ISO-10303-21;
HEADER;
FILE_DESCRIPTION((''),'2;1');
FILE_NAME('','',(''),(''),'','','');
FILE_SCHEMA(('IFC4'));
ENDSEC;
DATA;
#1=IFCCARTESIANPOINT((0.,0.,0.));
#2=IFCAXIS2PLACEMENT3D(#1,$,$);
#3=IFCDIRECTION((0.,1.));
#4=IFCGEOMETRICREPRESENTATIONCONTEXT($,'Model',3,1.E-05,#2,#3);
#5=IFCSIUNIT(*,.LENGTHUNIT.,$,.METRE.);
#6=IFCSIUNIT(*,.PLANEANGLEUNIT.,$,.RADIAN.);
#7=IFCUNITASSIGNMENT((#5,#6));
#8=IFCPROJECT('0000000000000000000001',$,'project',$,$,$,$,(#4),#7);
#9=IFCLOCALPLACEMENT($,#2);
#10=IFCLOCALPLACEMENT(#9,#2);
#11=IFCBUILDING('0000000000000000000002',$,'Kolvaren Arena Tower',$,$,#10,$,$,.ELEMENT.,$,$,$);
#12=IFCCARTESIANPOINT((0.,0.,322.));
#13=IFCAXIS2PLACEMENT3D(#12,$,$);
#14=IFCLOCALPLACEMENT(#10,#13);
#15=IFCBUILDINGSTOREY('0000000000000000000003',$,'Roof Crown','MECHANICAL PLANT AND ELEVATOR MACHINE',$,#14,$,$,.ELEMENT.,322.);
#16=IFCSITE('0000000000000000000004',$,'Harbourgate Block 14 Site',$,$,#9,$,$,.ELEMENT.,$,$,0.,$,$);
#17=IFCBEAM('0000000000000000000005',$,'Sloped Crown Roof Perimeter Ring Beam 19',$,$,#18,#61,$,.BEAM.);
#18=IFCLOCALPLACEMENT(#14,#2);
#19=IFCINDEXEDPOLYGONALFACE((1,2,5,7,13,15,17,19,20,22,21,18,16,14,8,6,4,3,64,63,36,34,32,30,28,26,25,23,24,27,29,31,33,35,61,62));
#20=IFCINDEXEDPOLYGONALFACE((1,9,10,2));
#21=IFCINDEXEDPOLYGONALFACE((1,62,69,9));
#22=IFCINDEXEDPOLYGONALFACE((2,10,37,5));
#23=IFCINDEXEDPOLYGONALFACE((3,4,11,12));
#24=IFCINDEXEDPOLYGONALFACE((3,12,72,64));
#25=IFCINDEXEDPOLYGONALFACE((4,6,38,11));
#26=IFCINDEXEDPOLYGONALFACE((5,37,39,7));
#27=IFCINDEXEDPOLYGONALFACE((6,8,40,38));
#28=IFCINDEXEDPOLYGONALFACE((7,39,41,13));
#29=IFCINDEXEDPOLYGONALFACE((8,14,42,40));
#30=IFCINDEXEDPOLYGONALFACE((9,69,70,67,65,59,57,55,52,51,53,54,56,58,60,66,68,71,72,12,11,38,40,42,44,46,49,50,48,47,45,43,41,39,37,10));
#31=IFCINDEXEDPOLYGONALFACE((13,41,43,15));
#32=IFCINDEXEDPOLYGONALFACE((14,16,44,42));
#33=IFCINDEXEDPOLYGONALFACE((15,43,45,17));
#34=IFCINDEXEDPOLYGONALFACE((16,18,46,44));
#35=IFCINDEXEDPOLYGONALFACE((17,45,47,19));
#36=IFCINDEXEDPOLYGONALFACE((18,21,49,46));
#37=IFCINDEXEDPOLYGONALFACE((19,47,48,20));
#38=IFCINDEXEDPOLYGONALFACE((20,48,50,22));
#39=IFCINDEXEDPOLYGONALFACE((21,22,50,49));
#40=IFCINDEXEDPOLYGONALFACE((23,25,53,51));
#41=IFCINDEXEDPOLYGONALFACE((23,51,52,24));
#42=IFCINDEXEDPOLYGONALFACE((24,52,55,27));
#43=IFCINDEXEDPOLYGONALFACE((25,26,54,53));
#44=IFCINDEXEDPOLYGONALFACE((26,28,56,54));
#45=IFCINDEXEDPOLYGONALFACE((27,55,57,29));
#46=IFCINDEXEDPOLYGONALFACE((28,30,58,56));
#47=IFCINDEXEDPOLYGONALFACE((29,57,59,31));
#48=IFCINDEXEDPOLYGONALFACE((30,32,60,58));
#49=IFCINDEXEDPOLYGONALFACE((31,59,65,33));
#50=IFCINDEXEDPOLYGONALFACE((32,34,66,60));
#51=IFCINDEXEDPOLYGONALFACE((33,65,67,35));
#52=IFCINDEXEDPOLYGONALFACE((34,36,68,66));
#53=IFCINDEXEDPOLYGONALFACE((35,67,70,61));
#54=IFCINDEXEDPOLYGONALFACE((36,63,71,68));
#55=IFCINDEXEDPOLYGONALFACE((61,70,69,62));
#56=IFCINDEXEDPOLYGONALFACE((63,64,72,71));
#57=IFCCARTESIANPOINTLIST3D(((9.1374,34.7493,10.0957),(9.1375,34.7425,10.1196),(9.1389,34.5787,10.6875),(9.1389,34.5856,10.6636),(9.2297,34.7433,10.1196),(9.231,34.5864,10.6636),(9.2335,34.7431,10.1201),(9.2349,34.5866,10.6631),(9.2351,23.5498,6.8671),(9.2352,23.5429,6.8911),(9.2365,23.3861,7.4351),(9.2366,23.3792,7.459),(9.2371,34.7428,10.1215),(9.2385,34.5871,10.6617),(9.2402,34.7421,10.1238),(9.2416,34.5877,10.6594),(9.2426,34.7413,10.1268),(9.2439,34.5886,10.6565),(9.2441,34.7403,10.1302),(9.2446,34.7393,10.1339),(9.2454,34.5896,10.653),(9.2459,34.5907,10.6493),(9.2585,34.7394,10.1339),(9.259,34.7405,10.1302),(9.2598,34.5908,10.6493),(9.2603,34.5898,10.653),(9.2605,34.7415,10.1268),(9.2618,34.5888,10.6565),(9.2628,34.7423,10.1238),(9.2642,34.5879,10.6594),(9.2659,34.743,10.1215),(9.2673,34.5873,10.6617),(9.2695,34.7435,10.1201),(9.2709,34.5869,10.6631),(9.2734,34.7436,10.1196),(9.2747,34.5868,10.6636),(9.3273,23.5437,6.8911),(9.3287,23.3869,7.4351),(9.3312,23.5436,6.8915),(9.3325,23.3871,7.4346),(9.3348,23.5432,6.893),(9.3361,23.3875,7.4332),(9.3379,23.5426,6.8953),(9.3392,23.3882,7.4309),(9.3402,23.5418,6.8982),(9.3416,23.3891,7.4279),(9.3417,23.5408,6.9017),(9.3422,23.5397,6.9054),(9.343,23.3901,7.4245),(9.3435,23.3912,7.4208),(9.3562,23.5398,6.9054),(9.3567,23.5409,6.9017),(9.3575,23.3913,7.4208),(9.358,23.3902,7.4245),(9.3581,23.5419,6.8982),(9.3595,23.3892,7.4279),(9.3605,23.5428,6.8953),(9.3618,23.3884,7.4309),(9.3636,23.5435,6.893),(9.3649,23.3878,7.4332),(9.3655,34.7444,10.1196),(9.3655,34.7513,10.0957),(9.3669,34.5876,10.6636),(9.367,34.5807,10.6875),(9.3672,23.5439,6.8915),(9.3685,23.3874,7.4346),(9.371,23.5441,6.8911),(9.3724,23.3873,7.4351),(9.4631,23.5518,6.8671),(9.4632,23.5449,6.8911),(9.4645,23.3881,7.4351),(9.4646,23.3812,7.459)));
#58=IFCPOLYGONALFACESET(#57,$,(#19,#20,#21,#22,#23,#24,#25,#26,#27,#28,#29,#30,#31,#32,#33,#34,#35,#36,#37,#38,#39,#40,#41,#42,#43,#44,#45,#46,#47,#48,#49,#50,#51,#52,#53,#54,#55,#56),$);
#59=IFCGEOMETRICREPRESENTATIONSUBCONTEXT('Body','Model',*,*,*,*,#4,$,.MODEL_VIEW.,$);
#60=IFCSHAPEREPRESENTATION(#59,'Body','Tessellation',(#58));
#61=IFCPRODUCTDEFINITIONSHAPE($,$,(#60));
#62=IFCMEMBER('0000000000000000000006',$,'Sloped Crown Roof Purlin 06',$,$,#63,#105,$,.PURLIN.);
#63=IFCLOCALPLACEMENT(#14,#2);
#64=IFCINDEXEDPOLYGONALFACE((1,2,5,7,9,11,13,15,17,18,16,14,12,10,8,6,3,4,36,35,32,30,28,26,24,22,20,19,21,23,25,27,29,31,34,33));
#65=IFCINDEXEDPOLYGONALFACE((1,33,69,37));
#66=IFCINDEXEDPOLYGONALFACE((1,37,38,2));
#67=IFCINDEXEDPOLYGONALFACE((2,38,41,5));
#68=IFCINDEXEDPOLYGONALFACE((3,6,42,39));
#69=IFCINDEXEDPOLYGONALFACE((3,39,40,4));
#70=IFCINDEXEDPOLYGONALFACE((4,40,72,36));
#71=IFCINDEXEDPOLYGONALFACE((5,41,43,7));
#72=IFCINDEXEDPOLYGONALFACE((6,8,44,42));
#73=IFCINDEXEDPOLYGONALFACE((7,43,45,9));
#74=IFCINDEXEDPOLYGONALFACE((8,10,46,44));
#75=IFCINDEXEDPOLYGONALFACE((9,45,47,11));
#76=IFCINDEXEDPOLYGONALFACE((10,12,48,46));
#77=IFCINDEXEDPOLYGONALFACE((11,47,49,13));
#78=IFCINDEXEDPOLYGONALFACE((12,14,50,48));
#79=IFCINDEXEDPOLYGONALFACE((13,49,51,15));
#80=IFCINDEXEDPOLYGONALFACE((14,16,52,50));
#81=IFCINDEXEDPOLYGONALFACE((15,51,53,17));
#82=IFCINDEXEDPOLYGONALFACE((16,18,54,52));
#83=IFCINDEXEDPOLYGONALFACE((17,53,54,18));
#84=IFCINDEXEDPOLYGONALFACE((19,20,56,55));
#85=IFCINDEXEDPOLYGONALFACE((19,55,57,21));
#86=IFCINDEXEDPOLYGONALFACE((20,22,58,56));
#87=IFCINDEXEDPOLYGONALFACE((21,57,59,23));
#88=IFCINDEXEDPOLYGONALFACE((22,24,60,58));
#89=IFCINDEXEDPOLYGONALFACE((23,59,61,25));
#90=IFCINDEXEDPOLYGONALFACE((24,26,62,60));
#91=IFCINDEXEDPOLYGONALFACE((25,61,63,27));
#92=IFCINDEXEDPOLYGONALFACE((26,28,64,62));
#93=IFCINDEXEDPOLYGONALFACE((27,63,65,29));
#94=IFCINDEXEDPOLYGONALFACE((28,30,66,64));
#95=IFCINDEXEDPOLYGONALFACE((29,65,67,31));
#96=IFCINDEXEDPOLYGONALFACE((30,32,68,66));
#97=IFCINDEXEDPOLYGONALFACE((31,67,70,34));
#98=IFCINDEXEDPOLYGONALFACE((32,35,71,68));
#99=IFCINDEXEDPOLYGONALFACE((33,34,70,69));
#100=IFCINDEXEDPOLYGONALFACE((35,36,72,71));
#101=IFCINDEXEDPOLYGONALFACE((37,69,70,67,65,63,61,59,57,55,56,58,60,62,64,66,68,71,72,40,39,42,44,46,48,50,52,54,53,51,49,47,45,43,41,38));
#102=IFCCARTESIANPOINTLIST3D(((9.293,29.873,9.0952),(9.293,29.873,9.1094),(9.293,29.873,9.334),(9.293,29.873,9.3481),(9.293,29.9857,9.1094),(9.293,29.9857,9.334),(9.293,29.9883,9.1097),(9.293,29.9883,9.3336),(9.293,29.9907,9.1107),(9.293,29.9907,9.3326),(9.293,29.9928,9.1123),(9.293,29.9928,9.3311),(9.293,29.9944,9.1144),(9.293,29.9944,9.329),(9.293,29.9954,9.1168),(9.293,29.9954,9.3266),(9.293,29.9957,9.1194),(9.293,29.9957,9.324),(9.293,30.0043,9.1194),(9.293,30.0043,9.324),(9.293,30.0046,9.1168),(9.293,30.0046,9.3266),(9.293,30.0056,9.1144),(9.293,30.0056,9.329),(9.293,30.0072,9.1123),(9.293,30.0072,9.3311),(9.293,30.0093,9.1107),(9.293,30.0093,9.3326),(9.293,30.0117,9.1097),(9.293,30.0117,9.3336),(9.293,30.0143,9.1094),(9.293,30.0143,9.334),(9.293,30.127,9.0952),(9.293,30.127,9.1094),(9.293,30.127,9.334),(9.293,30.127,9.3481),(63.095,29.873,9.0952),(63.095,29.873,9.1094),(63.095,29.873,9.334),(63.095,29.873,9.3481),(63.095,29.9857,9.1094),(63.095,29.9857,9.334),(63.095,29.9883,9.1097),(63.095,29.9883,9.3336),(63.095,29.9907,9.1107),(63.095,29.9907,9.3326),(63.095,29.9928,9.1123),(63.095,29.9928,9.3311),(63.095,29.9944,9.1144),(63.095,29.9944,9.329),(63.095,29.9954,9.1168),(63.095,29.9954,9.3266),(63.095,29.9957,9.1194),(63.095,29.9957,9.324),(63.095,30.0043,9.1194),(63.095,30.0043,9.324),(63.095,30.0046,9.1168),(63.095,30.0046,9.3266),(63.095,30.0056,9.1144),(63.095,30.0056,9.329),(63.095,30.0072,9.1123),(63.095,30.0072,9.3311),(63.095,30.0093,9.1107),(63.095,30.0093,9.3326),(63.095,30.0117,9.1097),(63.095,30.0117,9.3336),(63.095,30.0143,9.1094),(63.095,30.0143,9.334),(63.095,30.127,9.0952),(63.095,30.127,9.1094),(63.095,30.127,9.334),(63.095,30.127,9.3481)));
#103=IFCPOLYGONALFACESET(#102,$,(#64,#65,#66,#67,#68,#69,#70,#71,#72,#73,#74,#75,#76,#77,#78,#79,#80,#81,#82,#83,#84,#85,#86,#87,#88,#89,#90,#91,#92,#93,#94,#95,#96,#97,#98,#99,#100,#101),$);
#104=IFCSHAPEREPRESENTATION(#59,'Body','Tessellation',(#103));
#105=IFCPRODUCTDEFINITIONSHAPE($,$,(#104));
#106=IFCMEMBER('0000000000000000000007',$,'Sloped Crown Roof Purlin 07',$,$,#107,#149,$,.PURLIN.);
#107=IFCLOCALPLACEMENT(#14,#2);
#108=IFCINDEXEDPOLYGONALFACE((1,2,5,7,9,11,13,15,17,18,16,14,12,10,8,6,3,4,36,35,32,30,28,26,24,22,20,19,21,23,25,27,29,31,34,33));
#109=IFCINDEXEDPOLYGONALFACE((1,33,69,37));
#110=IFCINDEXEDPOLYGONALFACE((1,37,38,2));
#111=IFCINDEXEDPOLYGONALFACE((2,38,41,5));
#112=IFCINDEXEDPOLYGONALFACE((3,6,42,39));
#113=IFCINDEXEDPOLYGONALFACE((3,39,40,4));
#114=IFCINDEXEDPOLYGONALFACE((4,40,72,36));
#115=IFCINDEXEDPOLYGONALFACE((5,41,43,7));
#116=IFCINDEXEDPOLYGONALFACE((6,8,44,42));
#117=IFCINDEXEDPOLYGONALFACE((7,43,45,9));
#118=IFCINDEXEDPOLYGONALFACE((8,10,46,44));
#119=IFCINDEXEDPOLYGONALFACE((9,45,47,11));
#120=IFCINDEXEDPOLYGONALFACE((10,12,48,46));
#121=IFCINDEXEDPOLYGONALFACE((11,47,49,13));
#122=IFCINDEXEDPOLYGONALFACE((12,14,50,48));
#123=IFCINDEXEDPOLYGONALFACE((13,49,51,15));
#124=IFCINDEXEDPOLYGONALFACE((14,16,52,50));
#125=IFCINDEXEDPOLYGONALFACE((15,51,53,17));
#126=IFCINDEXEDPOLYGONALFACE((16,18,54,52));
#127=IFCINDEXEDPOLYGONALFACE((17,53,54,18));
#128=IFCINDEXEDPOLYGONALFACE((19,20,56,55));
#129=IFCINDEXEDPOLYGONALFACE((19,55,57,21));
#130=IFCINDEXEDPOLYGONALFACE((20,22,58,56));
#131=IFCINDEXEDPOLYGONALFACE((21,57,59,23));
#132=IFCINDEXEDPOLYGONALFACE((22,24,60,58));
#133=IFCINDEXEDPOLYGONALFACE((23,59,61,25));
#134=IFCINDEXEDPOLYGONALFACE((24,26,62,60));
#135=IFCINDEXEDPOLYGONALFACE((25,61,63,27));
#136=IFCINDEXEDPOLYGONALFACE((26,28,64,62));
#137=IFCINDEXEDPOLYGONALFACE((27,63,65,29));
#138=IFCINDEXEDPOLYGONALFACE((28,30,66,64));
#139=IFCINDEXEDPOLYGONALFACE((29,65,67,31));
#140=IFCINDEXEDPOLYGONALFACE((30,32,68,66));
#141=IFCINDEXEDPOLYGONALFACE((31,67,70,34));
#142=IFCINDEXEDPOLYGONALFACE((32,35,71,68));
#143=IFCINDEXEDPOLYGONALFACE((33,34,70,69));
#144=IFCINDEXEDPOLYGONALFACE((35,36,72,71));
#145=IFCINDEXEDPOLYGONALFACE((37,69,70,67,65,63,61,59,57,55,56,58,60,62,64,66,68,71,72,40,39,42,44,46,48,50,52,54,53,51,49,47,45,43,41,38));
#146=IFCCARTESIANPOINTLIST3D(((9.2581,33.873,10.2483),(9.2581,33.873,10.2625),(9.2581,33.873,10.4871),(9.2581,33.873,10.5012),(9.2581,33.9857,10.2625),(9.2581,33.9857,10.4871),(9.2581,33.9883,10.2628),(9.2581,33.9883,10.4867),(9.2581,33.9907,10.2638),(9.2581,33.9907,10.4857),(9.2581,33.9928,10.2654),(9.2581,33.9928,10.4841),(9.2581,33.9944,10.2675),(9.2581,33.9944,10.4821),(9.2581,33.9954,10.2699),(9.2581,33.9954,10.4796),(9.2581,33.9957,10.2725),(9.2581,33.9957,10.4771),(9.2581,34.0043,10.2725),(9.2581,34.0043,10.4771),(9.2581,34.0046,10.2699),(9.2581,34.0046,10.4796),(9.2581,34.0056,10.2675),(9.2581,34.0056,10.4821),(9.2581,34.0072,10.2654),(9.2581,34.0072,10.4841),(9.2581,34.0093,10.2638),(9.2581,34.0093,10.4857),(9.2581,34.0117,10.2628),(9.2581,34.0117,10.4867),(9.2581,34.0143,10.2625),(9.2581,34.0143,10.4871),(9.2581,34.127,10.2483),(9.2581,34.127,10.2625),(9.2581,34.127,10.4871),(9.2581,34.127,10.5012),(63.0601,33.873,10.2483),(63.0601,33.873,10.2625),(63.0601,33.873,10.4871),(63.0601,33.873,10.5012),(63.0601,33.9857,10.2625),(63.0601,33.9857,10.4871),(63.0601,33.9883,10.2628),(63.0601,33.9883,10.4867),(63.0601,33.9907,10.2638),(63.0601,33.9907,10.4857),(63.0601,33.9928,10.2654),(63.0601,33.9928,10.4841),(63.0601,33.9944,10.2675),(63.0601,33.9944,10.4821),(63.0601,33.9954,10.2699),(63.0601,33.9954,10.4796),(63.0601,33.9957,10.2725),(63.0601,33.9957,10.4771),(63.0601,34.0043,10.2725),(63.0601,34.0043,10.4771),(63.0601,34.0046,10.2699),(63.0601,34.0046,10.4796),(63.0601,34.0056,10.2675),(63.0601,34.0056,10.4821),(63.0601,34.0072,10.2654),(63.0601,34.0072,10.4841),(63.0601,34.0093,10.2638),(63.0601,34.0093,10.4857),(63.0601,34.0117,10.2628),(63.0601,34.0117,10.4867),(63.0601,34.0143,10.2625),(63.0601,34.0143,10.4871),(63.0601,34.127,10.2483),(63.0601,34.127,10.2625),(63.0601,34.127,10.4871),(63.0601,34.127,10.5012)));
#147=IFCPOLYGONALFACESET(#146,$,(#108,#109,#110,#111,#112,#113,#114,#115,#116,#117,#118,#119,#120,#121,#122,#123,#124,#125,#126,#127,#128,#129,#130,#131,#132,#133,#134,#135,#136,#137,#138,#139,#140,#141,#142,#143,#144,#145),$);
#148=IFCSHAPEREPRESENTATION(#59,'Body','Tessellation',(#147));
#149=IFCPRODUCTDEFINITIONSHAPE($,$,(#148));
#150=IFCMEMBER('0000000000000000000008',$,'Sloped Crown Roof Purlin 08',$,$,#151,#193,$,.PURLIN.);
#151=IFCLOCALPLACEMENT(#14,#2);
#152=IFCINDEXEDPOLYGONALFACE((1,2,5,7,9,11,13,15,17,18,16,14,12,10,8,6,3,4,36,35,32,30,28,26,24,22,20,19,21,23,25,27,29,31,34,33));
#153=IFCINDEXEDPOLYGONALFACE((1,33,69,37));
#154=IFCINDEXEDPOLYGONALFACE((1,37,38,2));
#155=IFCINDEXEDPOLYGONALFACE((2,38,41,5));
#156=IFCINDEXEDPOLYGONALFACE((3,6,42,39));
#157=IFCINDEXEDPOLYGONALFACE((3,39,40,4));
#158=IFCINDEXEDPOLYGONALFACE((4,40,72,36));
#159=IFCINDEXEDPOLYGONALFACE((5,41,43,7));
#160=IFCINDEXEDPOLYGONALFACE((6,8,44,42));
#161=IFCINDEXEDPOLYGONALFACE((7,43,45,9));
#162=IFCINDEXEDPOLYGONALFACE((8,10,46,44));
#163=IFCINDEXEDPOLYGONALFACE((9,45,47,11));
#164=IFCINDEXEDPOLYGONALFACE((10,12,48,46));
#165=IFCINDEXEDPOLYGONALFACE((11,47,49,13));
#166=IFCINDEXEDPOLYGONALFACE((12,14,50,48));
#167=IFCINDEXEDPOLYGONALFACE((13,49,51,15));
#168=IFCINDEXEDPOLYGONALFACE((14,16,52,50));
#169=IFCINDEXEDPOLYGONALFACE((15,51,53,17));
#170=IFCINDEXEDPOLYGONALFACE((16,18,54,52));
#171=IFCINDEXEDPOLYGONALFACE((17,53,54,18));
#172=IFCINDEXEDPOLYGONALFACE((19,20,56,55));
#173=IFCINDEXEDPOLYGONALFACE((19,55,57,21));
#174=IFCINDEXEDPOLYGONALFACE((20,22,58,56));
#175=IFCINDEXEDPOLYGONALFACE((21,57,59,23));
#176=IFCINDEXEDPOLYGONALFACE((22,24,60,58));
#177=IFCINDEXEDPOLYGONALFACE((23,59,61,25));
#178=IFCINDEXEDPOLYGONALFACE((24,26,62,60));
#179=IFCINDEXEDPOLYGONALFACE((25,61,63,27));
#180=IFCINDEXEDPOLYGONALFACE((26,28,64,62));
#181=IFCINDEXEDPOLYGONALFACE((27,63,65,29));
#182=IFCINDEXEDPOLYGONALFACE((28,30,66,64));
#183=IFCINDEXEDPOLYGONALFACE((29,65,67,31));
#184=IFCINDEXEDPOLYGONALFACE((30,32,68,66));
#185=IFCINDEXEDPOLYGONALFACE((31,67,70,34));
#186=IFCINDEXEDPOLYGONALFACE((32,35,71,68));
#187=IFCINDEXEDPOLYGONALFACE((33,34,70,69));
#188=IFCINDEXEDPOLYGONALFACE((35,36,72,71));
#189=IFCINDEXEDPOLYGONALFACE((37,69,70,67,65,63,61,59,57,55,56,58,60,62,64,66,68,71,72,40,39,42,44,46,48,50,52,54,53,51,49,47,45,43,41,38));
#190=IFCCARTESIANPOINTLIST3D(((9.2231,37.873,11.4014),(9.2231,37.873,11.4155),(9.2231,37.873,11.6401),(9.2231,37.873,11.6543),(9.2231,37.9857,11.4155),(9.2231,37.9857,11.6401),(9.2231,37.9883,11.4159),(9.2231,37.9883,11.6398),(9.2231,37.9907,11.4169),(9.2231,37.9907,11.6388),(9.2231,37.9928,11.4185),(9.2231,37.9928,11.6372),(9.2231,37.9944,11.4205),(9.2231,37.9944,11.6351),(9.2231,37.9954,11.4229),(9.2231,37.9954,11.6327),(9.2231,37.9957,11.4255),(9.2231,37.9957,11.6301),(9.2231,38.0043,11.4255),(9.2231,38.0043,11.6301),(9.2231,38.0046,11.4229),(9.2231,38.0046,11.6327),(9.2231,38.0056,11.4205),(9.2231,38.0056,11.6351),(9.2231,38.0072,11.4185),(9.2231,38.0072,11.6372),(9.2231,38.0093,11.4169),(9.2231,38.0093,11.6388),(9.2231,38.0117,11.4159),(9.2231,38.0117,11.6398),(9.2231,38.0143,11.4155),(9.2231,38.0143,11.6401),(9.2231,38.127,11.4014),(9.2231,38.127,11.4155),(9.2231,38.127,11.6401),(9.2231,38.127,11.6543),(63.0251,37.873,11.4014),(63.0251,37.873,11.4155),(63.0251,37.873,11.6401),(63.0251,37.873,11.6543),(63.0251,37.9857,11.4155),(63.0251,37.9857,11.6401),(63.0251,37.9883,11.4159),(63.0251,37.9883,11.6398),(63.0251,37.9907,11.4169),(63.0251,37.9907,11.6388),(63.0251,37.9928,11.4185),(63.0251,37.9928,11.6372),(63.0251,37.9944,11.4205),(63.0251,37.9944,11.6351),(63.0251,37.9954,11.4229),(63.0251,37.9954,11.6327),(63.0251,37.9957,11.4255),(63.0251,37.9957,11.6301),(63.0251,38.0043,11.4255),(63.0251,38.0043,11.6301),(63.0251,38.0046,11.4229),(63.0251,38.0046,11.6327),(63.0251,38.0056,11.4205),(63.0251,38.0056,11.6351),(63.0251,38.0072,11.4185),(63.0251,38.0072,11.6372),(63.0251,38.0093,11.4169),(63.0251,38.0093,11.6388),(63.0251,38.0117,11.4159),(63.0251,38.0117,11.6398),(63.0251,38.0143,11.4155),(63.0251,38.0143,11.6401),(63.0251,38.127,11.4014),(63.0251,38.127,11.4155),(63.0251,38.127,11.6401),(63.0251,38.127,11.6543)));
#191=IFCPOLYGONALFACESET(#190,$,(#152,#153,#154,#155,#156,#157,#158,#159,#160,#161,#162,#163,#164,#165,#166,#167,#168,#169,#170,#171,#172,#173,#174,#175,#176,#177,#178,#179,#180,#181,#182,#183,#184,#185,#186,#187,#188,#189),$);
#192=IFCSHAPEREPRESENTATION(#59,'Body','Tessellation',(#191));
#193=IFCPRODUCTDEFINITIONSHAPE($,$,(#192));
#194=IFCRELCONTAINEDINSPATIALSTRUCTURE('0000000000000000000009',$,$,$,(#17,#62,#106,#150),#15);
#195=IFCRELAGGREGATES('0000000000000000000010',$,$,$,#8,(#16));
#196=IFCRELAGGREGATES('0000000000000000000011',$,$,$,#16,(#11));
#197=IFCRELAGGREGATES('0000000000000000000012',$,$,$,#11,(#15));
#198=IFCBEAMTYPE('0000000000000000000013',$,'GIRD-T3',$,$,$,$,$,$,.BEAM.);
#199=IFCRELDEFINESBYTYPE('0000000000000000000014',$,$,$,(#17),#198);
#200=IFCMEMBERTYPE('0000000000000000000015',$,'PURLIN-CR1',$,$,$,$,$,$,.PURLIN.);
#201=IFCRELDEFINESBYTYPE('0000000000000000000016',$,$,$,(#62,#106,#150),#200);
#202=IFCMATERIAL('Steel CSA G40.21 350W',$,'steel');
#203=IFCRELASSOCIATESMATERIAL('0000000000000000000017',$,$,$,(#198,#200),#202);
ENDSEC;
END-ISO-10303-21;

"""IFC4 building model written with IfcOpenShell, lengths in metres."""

from ifc_helpers import new_model, si_unit, direction, frame, origin, origin_2d, place, context, subcontext, project, spatial, i_section, extrude, material, material_profile, profile_set, type_object, element, save


model = new_model("IFC4")

# Units and contexts
model_context = context("Model", 3, precision=1e-05, world=origin(), true_north=direction((0.0, 1.0)))
body_context = subcontext(model_context, "Body", "Model", "MODEL_VIEW")
ifc_project = project(units=[si_unit("LENGTHUNIT", "METRE"), si_unit("PLANEANGLEUNIT", "RADIAN")], contexts=[model_context])

# Site, building, storey
site_placement = place(None, origin())
site = spatial("IfcSite", under=ifc_project, at=site_placement, Name="Harbourgate Block 14 Site", CompositionType="ELEMENT", RefElevation=0.0)
building_placement = place(site_placement, origin())
building = spatial("IfcBuilding", under=site, at=building_placement, Name="Kolvaren Arena Tower", CompositionType="ELEMENT")
storey_placement = place(building_placement, frame((0.0, 0.0, 322.0)))
storey = spatial("IfcBuildingStorey", under=building, at=storey_placement, Name="Roof Crown", Description="MECHANICAL PLANT AND ELEVATOR MACHINE", CompositionType="ELEMENT", Elevation=322.0)

# Beam
ifc_material_1 = material(Name="Steel CSA G40.21 350W", Category="steel")
ifc_material_profile_1 = material_profile(ifc_material_1, i_section(OverallWidth=0.228, OverallDepth=0.616, WebThickness=0.0139, FlangeThickness=0.0249, FilletRadius=0.0149, at=origin_2d()), Name="W610x174")
ifc_profile_set_1 = profile_set([ifc_material_profile_1], Name="Steel CSA G40.21 350W")
beam_type = type_object("IfcBeamType", Name="GIRD-T3", PredefinedType="BEAM", material=ifc_profile_set_1)
beam_placement = place(storey_placement, frame((9.2522, 34.665, 10.3916), z_axis=(0.008378, -0.960838, -0.276985), x_axis=(0.999962, 0.008719, 0.0)))
element("IfcBeam", 1, at=beam_placement, inside=storey, type_object=beam_type, Name="Sloped Crown Roof Perimeter Ring Beam 19", PredefinedType="BEAM", context=body_context, shape_type="SweptSolid", body=[
    extrude(i_section(OverallWidth=0.228, OverallDepth=0.616, WebThickness=0.0139, FlangeThickness=0.0249, FilletRadius=0.0149, at=origin_2d()), origin(), (0.0, 0.0, 1.0), 11.656),
])

# Members
ifc_material_profile_2 = material_profile(ifc_material_1, i_section(OverallWidth=0.2539, OverallDepth=0.2529, WebThickness=0.0085, FlangeThickness=0.0142, FilletRadius=0.01, at=origin_2d()), Name="W250x73")
ifc_profile_set_2 = profile_set([ifc_material_profile_2], Name="Steel CSA G40.21 350W")
member_type_1 = type_object("IfcMemberType", Name="PURLIN-CR1", PredefinedType="PURLIN", material=ifc_profile_set_2)
for number, where, z_axis, x_axis, name in (
    (2, (9.293, 30.0, 9.2217), (1.0, 0.0, 0.0), (0.0, 1.0, 0.0), "Sloped Crown Roof Purlin 06"),
    (3, (9.2581, 34.0, 10.3748), (1.0, 0.0, 0.0), (0.0, 1.0, 0.0), "Sloped Crown Roof Purlin 07"),
    (4, (9.2231, 38.0, 11.5278), (1.0, 0.0, 0.0), (0.0, 1.0, 0.0), "Sloped Crown Roof Purlin 08"),
):
    element("IfcMember", number, at=place(storey_placement, frame(where, z_axis=z_axis, x_axis=x_axis)), inside=storey, type_object=member_type_1, Name=name, PredefinedType="PURLIN", context=body_context, shape_type="SweptSolid", body=[
        extrude(i_section(OverallWidth=0.2539, OverallDepth=0.2529, WebThickness=0.0085, FlangeThickness=0.0142, FilletRadius=0.01, at=origin_2d()), origin(), (0.0, 0.0, 1.0), 53.802),
    ])

save(model, "model.ifc")
